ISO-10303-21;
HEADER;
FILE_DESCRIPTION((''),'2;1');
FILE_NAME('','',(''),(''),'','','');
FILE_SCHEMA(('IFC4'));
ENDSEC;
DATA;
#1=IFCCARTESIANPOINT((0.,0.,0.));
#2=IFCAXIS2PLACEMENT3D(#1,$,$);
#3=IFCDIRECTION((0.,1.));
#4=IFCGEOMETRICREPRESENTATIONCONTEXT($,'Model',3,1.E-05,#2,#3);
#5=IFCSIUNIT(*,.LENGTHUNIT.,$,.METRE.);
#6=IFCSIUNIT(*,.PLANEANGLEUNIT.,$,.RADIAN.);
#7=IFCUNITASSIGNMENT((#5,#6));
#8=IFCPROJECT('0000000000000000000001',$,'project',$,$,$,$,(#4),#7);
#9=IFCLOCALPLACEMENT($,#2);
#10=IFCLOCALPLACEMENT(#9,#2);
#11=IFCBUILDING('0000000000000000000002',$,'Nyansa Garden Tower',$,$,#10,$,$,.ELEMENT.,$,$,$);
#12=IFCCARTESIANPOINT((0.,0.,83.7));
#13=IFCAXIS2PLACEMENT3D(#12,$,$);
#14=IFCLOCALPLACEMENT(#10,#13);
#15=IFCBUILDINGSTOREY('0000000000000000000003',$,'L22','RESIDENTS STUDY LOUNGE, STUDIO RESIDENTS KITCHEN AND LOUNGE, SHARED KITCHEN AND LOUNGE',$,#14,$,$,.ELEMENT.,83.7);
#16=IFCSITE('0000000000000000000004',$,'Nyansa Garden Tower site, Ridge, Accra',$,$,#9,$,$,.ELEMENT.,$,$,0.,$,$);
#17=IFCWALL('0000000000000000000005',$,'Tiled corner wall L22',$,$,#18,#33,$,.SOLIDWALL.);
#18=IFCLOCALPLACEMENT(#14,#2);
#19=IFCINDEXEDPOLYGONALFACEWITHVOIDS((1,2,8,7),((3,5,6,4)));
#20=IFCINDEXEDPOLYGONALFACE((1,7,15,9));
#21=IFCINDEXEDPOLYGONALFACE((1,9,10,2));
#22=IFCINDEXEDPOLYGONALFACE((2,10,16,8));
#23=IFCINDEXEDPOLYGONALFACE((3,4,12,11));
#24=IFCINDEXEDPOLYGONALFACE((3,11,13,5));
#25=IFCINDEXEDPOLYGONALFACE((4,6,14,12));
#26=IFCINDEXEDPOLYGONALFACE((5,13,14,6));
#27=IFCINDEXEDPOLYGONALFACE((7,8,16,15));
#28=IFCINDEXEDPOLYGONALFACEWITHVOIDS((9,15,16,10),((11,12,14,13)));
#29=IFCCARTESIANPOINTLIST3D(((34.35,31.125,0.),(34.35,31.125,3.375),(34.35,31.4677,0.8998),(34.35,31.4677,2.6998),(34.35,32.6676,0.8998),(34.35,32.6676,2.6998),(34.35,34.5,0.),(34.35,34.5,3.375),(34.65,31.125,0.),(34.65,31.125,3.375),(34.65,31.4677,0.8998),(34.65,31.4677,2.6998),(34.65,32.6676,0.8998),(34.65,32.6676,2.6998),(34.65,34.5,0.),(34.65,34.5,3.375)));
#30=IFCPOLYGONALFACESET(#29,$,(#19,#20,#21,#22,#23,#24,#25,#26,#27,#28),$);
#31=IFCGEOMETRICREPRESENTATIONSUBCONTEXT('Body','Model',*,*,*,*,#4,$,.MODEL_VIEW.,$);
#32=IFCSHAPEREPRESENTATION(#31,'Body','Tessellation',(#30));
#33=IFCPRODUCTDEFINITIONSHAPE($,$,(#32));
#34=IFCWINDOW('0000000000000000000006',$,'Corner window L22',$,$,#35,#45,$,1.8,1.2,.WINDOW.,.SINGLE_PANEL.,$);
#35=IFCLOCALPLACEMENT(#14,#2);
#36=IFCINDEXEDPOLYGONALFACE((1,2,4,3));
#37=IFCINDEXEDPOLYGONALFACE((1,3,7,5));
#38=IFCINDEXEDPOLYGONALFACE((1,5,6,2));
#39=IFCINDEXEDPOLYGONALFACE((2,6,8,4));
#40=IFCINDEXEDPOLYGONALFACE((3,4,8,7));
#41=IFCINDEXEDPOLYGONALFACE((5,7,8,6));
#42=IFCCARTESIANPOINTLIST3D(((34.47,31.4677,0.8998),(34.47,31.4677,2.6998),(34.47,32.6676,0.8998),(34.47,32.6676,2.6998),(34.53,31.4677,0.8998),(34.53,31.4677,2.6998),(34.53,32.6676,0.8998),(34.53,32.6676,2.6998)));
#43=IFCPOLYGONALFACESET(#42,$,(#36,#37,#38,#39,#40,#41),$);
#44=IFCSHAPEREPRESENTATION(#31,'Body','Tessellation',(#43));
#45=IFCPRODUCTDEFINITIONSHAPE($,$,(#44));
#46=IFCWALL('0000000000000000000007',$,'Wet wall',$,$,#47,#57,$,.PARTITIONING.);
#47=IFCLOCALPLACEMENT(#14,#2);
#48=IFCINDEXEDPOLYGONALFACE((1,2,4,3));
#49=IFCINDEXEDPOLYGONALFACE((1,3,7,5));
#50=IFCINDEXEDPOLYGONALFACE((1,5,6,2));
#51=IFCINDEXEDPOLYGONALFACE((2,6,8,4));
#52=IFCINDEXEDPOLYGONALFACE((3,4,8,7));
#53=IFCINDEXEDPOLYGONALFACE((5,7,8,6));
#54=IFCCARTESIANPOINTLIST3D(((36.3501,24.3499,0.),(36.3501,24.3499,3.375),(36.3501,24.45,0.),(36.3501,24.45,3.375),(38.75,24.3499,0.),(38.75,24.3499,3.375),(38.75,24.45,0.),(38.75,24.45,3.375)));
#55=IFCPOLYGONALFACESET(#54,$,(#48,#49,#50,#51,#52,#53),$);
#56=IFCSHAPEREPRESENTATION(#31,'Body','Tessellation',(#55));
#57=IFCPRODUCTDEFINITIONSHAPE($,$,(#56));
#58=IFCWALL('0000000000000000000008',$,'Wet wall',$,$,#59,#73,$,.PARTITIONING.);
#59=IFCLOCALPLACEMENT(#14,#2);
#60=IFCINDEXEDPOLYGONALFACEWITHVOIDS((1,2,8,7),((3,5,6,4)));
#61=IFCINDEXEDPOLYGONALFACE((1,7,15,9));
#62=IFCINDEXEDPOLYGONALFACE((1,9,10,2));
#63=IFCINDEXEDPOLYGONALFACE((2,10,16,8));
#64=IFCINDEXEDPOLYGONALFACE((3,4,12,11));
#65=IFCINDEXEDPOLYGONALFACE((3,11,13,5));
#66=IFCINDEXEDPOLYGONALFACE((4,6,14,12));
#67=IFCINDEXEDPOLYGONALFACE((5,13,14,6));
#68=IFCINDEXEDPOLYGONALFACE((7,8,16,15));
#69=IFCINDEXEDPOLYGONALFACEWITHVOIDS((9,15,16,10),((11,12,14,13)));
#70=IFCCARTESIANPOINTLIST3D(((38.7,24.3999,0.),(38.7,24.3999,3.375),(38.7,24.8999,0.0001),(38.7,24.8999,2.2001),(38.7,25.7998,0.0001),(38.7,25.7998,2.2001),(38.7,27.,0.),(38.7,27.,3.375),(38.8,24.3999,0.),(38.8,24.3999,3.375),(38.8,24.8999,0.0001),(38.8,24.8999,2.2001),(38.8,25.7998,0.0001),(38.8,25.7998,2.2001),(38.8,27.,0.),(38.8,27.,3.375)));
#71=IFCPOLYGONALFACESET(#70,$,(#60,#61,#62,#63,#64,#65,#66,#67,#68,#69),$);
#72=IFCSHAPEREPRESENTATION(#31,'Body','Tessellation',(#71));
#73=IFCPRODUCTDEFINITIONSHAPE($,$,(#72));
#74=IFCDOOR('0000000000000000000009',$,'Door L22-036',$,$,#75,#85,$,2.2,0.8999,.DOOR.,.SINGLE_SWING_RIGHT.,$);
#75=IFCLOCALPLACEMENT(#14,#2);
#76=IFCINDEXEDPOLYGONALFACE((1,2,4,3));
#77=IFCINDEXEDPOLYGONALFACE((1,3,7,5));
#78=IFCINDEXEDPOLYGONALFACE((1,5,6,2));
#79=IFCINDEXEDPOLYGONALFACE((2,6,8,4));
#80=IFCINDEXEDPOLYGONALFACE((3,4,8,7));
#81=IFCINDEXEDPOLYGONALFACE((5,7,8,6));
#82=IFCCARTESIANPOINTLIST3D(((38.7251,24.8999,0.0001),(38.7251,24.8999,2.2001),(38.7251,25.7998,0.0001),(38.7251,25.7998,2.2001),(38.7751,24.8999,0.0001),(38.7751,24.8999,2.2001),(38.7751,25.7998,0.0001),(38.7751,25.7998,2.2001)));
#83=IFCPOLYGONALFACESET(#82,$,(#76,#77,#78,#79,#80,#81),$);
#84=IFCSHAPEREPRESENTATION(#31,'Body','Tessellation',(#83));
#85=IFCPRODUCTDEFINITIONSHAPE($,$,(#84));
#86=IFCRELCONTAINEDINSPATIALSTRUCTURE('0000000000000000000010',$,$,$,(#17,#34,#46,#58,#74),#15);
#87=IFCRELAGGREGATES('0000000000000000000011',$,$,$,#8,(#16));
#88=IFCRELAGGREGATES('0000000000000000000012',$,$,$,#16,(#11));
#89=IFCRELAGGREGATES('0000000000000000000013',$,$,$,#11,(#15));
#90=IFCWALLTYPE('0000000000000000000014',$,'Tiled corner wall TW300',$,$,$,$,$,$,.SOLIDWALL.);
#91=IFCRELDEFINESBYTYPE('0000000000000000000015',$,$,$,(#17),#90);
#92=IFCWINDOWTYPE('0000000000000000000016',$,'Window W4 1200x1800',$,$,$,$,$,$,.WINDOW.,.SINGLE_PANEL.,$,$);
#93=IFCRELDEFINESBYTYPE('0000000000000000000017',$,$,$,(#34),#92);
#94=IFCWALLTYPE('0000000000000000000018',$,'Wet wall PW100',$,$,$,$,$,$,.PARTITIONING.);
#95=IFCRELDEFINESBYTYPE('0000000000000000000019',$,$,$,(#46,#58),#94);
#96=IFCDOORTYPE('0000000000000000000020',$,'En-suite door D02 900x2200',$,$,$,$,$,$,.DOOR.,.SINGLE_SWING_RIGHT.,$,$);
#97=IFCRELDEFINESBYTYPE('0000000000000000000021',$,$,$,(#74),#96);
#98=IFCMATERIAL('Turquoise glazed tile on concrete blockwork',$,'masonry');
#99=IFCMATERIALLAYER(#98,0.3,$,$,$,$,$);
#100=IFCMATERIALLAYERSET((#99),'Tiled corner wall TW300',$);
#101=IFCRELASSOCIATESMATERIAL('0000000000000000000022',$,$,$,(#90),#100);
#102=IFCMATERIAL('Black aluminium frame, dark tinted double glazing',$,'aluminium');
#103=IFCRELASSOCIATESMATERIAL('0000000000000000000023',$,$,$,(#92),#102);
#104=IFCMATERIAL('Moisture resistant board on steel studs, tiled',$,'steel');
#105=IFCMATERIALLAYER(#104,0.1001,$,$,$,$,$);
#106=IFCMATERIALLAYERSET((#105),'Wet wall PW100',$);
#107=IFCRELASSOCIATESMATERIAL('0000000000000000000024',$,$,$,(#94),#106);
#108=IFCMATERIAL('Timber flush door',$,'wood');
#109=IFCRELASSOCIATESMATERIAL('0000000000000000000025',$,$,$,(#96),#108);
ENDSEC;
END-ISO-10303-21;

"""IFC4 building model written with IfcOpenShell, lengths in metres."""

from ifc_helpers import new_model, si_unit, direction, frame, frame_2d, origin, place, context, subcontext, project, spatial, rectangle, extrude, material, layer, layer_set, type_object, element, fill, save


model = new_model("IFC4")

# Units and contexts
model_context = context("Model", 3, precision=1e-05, world=origin(), true_north=direction((0.0, 1.0)))
body_context = subcontext(model_context, "Body", "Model", "MODEL_VIEW")
ifc_project = project(units=[si_unit("LENGTHUNIT", "METRE"), si_unit("PLANEANGLEUNIT", "RADIAN")], contexts=[model_context])

# Site, building, storey
site_placement = place(None, origin())
site = spatial("IfcSite", under=ifc_project, at=site_placement, Name="Nyansa Garden Tower site, Ridge, Accra", CompositionType="ELEMENT", RefElevation=0.0)
building_placement = place(site_placement, origin())
building = spatial("IfcBuilding", under=site, at=building_placement, Name="Nyansa Garden Tower", CompositionType="ELEMENT")
storey_placement = place(building_placement, frame((0.0, 0.0, 83.7)))
storey = spatial("IfcBuildingStorey", under=building, at=storey_placement, Name="L22", Description="RESIDENTS STUDY LOUNGE, STUDIO RESIDENTS KITCHEN AND LOUNGE, SHARED KITCHEN AND LOUNGE", CompositionType="ELEMENT", Elevation=83.7)

# Wall, opening, window
ifc_material_1 = material(Name="Turquoise glazed tile on concrete blockwork", Category="masonry")
ifc_layer_1 = layer(ifc_material_1, 0.3)
ifc_layer_set_1 = layer_set([ifc_layer_1], Name="Tiled corner wall TW300")
wall_type_1 = type_object("IfcWallType", Name="Tiled corner wall TW300", PredefinedType="SOLIDWALL", material=ifc_layer_set_1)
ifc_material_2 = material(Name="Black aluminium frame, dark tinted double glazing", Category="aluminium")
window_type_1 = type_object("IfcWindowType", Name="Window W4 1200x1800", PartitioningType="SINGLE_PANEL", PredefinedType="WINDOW", material=ifc_material_2)
wall_1_placement = place(storey_placement, frame((34.5, 31.125, 0.0), z_axis=(0.0, 0.0, 1.0), x_axis=(0.0, 1.0, 0.0)))
wall_1 = element("IfcWall", 1, at=wall_1_placement, inside=storey, type_object=wall_type_1, Name="Tiled corner wall L22", PredefinedType="SOLIDWALL", context=body_context, shape_type="SweptSolid", body=[
    extrude(rectangle(XDim=3.375, YDim=0.3, at=frame_2d((1.6875, 0.0))), origin(), (0.0, 0.0, 1.0), 3.375),
])
opening_1_placement = place(wall_1_placement, frame((0.3425, 0.0, 0.8999)))
opening_1 = element("IfcOpeningElement", 2, at=opening_1_placement, cuts=wall_1, PredefinedType="OPENING", context=body_context, shape_type="SweptSolid", body=[
    extrude(rectangle(XDim=1.2, YDim=1.8, at=frame_2d((0.6001, 0.8999))), frame((0.0, 0.1599, 0.0), z_axis=(0.0, -1.0, 0.0), x_axis=(1.0, 0.0, 0.0)), (0.0, 0.0, 1.0), 0.3201),
])
window_1_placement = place(opening_1_placement, origin())
window_1 = element("IfcWindow", 3, at=window_1_placement, inside=storey, type_object=window_type_1, Name="Corner window L22", OverallHeight=1.8, OverallWidth=1.2, PartitioningType="SINGLE_PANEL", PredefinedType="WINDOW", context=body_context, shape_type="SweptSolid", body=[
    extrude(rectangle(XDim=1.2, YDim=1.8, at=frame_2d((0.6001, 0.8999))), frame((0.0, 0.03, 0.0), z_axis=(0.0, -1.0, 0.0), x_axis=(1.0, 0.0, 0.0)), (0.0, 0.0, 1.0), 0.0601),
])
fill(opening_1, window_1)

# Wall
ifc_material_3 = material(Name="Moisture resistant board on steel studs, tiled", Category="steel")
ifc_layer_2 = layer(ifc_material_3, 0.1001)
ifc_layer_set_2 = layer_set([ifc_layer_2], Name="Wet wall PW100")
wall_type_2 = type_object("IfcWallType", Name="Wet wall PW100", PredefinedType="PARTITIONING", material=ifc_layer_set_2)
wall_2_placement = place(storey_placement, frame((36.3501, 24.3999, 0.0), z_axis=(0.0, 0.0, 1.0), x_axis=(1.0, 0.0, 0.0)))
element("IfcWall", 4, at=wall_2_placement, inside=storey, type_object=wall_type_2, Name="Wet wall", PredefinedType="PARTITIONING", context=body_context, shape_type="SweptSolid", body=[
    extrude(rectangle(XDim=2.3999, YDim=0.1001, at=frame_2d((1.2, 0.0))), origin(), (0.0, 0.0, 1.0), 3.375),
])

# Wall, opening, door
wall_3_placement = place(storey_placement, frame((38.75, 24.3999, 0.0), z_axis=(0.0, 0.0, 1.0), x_axis=(0.0, 1.0, 0.0)))
wall_3 = element("IfcWall", 5, at=wall_3_placement, inside=storey, type_object=wall_type_2, Name="Wet wall", PredefinedType="PARTITIONING", context=body_context, shape_type="SweptSolid", body=[
    extrude(rectangle(XDim=2.6001, YDim=0.1001, at=frame_2d((1.3, 0.0))), origin(), (0.0, 0.0, 1.0), 3.375),
])
opening_2_placement = place(wall_3_placement, frame((0.5, 0.0, 0.0)))
opening_2 = element("IfcOpeningElement", 6, at=opening_2_placement, cuts=wall_3, PredefinedType="OPENING", context=body_context, shape_type="SweptSolid", body=[
    extrude(rectangle(XDim=0.8999, YDim=2.2, at=frame_2d((0.45, 1.1001))), frame((0.0, 0.0601, 0.0), z_axis=(0.0, -1.0, 0.0), x_axis=(1.0, 0.0, 0.0)), (0.0, 0.0, 1.0), 0.1201),
])
ifc_material_4 = material(Name="Timber flush door", Category="wood")
door_type = type_object("IfcDoorType", Name="En-suite door D02 900x2200", OperationType="SINGLE_SWING_RIGHT", PredefinedType="DOOR", material=ifc_material_4)
door_placement = place(opening_2_placement, origin())
door = element("IfcDoor", 7, at=door_placement, inside=storey, type_object=door_type, Name="Door L22-036", OperationType="SINGLE_SWING_RIGHT", OverallHeight=2.2, OverallWidth=0.8999, PredefinedType="DOOR", context=body_context, shape_type="SweptSolid", body=[
    extrude(rectangle(XDim=0.8999, YDim=2.2, at=frame_2d((0.45, 1.1001))), frame((0.0, 0.0249, 0.0), z_axis=(0.0, -1.0, 0.0), x_axis=(1.0, 0.0, 0.0)), (0.0, 0.0, 1.0), 0.05),
])
fill(opening_2, door)

save(model, "model.ifc")
